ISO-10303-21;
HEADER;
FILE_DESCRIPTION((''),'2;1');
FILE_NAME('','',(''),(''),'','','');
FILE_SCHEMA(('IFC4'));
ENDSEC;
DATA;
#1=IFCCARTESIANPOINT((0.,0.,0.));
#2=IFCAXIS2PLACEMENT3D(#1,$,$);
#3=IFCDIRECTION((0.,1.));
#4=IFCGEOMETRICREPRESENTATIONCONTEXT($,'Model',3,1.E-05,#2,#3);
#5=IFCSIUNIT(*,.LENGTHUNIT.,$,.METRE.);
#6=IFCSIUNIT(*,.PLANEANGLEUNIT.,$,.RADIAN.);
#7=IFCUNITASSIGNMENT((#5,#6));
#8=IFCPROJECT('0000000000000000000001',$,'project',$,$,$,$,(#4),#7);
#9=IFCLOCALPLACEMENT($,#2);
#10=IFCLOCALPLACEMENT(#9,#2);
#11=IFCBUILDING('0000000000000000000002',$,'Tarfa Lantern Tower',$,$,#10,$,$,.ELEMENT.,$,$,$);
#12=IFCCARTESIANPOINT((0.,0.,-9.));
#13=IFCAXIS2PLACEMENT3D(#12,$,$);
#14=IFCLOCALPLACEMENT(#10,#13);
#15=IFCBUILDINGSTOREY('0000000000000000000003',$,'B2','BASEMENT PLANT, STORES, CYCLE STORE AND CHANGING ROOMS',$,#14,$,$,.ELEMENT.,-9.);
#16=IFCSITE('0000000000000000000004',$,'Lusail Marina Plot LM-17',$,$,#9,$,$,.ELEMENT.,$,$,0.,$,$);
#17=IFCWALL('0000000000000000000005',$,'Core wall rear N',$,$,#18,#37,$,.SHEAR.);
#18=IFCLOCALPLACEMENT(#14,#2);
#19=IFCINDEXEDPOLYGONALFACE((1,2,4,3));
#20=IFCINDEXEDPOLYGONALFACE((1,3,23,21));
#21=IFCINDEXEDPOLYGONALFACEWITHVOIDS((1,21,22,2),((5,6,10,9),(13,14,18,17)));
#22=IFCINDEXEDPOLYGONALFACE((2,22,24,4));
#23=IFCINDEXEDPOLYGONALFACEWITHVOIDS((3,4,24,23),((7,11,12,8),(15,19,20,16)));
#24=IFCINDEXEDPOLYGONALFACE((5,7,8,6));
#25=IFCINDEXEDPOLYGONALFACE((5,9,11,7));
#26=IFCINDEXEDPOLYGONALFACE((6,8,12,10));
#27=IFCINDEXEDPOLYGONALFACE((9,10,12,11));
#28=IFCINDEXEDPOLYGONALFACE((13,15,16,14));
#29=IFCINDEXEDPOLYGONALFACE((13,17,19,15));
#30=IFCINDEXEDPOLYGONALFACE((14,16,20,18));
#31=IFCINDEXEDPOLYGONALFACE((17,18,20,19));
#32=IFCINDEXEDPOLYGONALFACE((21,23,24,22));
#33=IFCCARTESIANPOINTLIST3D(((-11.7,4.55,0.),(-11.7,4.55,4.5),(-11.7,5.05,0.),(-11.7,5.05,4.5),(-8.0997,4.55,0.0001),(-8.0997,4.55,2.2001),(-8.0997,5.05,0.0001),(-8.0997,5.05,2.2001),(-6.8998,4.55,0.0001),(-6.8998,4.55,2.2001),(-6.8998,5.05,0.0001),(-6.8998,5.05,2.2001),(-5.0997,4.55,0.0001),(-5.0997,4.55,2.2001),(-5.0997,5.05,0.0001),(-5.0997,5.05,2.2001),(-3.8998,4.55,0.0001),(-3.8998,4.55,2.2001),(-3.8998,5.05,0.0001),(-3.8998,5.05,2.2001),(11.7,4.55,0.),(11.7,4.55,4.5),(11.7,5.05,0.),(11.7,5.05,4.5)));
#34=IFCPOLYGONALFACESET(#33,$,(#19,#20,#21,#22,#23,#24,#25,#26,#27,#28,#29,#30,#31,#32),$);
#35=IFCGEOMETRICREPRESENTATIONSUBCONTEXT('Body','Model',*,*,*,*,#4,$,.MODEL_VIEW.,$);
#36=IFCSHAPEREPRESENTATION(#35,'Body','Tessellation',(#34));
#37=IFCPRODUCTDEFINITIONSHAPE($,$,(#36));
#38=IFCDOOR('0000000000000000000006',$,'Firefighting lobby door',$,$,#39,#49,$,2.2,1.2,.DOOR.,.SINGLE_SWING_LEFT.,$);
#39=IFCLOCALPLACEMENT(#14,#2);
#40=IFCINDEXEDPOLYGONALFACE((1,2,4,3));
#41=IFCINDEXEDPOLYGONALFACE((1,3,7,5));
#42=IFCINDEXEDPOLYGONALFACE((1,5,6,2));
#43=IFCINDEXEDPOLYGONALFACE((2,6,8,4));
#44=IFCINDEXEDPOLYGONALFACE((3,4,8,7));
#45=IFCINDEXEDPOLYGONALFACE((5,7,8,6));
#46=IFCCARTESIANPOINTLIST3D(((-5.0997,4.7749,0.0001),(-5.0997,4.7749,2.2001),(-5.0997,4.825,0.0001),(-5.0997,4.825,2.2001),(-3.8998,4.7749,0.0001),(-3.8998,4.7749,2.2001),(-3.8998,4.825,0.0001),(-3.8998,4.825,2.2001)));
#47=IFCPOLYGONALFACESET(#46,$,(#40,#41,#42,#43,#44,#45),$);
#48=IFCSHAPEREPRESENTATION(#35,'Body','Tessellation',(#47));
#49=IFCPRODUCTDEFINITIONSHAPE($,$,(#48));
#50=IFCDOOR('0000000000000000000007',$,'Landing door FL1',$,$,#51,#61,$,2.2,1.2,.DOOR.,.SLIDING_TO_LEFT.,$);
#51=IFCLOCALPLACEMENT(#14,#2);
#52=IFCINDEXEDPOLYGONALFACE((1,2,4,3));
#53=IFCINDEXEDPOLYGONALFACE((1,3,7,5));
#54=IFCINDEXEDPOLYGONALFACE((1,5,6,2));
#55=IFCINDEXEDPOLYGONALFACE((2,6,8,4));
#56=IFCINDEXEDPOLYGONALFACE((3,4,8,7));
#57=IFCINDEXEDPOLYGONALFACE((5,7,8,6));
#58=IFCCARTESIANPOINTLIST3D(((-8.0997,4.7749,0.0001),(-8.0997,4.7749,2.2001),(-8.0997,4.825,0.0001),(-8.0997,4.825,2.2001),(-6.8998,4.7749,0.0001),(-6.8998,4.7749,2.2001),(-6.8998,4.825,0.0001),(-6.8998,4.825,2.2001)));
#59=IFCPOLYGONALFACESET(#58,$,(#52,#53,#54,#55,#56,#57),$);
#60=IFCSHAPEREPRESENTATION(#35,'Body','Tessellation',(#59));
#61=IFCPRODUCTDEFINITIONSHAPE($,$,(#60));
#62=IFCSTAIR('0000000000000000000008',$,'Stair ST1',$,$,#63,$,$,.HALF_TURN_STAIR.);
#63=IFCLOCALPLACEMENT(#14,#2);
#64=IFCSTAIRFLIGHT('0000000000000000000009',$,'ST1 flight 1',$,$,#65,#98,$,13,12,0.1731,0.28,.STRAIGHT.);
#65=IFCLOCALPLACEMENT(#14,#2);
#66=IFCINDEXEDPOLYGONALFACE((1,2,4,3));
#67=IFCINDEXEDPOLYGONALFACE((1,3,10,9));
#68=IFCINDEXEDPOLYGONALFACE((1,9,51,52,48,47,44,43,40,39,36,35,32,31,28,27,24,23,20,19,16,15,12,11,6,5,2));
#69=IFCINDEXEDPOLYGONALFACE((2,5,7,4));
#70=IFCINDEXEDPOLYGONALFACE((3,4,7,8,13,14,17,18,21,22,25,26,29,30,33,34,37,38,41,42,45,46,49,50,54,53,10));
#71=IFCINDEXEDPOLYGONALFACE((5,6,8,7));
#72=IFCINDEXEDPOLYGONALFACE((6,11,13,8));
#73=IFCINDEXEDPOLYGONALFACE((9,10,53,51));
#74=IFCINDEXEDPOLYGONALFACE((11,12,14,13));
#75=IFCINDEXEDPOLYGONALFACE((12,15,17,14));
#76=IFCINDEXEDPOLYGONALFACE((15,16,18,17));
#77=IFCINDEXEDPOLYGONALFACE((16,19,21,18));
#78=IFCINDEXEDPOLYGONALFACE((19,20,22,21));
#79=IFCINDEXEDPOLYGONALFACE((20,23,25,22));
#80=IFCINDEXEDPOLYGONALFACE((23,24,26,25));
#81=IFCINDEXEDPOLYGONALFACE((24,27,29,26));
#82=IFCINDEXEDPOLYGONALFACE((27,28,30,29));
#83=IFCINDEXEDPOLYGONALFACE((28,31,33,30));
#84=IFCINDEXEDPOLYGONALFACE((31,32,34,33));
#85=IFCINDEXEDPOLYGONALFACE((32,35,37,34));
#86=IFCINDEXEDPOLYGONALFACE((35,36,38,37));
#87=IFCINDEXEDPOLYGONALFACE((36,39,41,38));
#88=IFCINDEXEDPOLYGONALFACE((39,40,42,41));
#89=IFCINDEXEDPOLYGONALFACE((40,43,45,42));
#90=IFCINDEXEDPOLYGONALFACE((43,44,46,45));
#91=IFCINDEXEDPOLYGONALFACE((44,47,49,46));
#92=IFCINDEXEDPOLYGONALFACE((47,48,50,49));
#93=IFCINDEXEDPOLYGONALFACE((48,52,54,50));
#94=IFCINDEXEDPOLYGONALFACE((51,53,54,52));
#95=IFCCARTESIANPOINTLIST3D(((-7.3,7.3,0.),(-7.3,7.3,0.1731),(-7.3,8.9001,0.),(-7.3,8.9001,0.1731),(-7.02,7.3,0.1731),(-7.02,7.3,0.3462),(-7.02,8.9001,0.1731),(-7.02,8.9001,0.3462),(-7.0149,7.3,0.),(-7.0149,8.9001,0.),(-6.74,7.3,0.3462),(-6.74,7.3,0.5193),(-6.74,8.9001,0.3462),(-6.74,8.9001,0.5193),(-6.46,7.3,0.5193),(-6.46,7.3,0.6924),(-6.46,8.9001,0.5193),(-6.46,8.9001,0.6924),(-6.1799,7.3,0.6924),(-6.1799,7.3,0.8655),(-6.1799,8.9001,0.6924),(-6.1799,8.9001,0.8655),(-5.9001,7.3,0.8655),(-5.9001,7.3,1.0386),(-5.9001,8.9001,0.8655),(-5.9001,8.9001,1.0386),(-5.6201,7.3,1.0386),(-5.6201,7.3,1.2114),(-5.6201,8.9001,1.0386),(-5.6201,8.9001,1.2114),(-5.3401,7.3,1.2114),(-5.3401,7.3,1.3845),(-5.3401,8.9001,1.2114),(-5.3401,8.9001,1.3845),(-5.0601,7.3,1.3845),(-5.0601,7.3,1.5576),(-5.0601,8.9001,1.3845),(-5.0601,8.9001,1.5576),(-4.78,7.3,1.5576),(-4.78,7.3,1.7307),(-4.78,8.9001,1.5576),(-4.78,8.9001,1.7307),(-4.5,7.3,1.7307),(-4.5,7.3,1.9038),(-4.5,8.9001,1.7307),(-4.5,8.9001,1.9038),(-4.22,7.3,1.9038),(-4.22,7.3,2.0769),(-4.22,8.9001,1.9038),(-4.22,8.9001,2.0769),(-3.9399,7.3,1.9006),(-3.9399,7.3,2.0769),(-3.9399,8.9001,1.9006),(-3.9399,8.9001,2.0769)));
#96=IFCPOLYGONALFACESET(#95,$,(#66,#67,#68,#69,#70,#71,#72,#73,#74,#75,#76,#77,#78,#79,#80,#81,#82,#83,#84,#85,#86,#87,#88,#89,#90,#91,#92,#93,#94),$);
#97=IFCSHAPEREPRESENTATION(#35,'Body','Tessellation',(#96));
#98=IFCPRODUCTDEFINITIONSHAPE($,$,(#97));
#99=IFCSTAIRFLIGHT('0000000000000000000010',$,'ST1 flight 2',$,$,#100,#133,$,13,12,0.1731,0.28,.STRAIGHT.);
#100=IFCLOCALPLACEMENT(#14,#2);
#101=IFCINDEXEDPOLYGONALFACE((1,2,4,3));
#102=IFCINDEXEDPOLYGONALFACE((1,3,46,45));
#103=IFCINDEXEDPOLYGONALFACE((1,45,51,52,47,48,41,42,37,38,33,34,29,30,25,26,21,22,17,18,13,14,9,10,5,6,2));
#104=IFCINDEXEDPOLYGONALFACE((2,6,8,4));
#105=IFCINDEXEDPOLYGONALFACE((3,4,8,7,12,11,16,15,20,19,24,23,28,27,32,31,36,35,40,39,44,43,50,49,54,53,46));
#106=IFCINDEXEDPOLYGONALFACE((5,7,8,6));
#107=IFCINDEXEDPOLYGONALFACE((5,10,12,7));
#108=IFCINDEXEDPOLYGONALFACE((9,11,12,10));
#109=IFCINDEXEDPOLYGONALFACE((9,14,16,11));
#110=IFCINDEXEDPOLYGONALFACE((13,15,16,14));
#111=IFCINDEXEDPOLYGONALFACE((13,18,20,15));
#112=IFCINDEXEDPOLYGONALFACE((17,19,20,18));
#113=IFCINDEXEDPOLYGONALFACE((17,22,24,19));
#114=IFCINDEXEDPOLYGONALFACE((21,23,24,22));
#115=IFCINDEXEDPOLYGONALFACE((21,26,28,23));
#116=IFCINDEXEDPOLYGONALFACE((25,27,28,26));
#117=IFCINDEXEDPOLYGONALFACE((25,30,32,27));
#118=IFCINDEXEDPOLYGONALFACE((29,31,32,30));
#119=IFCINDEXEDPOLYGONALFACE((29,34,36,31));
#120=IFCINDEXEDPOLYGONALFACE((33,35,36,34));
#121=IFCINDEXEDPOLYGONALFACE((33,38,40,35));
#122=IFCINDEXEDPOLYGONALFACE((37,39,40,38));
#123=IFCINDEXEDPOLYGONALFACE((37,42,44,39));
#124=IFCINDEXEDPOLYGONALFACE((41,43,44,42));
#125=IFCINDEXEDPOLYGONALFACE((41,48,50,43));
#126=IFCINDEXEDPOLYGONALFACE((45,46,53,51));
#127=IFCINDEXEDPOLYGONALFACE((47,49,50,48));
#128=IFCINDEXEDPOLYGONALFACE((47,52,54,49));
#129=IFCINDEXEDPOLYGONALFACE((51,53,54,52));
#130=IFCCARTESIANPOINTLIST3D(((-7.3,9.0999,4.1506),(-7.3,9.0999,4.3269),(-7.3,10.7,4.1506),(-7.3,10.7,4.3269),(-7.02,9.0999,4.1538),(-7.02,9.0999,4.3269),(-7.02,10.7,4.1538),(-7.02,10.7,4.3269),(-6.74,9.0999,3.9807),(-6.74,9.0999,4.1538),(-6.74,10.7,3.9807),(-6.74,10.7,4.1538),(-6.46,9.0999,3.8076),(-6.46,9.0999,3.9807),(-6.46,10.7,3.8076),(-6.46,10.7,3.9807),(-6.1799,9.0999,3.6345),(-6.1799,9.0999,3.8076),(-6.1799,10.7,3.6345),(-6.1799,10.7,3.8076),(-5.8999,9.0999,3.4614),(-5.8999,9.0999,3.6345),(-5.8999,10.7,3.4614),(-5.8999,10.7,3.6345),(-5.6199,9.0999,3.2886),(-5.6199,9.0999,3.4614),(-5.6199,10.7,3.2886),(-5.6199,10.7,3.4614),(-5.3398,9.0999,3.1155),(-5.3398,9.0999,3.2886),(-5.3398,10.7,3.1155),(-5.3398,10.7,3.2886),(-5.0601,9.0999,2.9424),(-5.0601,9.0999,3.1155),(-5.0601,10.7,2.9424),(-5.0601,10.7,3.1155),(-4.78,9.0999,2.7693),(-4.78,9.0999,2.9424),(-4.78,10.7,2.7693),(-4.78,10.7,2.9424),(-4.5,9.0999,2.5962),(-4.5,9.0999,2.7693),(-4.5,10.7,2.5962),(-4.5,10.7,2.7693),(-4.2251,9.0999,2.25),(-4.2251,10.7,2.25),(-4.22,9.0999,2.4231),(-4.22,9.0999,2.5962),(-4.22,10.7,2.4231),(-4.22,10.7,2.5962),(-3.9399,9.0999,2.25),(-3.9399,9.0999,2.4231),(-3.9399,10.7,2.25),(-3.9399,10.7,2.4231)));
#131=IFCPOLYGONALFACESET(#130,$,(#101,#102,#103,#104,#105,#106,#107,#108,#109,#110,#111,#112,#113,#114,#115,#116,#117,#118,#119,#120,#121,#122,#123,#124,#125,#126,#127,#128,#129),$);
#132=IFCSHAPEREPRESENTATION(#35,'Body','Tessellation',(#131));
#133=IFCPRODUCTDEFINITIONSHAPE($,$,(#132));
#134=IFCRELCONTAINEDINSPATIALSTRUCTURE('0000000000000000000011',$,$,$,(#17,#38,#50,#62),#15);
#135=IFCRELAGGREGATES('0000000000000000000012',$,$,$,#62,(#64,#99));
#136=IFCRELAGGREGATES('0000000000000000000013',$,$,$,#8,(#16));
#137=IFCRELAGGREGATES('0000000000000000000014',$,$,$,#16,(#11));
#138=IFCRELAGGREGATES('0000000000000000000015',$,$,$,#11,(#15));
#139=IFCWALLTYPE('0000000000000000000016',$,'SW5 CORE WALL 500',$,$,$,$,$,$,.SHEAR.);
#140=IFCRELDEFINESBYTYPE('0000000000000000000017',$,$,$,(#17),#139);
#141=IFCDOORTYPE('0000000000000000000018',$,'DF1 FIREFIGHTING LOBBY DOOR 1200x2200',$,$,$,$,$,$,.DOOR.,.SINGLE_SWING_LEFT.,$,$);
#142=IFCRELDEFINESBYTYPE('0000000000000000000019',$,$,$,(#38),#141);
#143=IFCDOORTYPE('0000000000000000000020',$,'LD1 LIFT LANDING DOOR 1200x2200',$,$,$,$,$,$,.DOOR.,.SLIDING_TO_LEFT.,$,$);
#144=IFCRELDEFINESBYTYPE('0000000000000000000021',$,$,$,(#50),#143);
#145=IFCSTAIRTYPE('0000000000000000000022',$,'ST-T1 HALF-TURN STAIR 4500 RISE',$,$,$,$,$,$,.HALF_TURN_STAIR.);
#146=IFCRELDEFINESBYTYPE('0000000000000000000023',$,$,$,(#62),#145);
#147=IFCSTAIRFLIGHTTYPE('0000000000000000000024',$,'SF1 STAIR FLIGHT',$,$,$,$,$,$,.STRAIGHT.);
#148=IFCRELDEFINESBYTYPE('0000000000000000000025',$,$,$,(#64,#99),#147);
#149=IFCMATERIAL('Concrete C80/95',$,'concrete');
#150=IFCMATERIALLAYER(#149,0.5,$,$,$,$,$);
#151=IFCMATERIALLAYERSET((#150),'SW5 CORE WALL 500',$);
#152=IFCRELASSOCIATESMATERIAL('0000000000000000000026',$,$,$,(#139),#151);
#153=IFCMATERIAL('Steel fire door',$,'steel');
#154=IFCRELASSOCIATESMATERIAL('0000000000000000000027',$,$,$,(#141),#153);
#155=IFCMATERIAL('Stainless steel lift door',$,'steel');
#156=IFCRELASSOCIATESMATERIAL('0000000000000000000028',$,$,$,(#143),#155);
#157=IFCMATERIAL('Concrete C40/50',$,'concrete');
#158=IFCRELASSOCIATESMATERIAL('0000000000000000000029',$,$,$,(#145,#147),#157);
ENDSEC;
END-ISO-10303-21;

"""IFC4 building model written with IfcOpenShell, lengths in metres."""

from ifc_helpers import new_model, si_unit, direction, frame, frame_2d, origin, place, context, subcontext, project, spatial, polyline, rectangle, outline, extrude, material, layer, layer_set, type_object, element, fill, aggregate, save


model = new_model("IFC4")

# Units and contexts
model_context = context("Model", 3, precision=1e-05, world=origin(), true_north=direction((0.0, 1.0)))
body_context = subcontext(model_context, "Body", "Model", "MODEL_VIEW")
ifc_project = project(units=[si_unit("LENGTHUNIT", "METRE"), si_unit("PLANEANGLEUNIT", "RADIAN")], contexts=[model_context])

# Site, building, storey
site_placement = place(None, origin())
site = spatial("IfcSite", under=ifc_project, at=site_placement, Name="Lusail Marina Plot LM-17", CompositionType="ELEMENT", RefElevation=0.0)
building_placement = place(site_placement, origin())
building = spatial("IfcBuilding", under=site, at=building_placement, Name="Tarfa Lantern Tower", CompositionType="ELEMENT")
storey_placement = place(building_placement, frame((0.0, 0.0, -9.0)))
storey = spatial("IfcBuildingStorey", under=building, at=storey_placement, Name="B2", Description="BASEMENT PLANT, STORES, CYCLE STORE AND CHANGING ROOMS", CompositionType="ELEMENT", Elevation=-9.0)

# Shared definitions
ifc_material_1 = material(Name="Concrete C40/50", Category="concrete")

# Shared definitions
ifc_material_2 = material(Name="Concrete C80/95", Category="concrete")

# Shared definitions
ifc_material_3 = material(Name="Steel fire door", Category="steel")

# Shared definitions
ifc_layer_1 = layer(ifc_material_2, 0.5)
ifc_layer_set_1 = layer_set([ifc_layer_1], Name="SW5 CORE WALL 500")
wall_type_1 = type_object("IfcWallType", Name="SW5 CORE WALL 500", PredefinedType="SHEAR", material=ifc_layer_set_1)

# Wall, openings, doors
wall_1_placement = place(storey_placement, frame((-11.7, 4.8, 0.0), z_axis=(0.0, 0.0, 1.0), x_axis=(1.0, 0.0, 0.0)))
wall_1 = element("IfcWall", 1, at=wall_1_placement, inside=storey, type_object=wall_type_1, Name="Core wall rear N", PredefinedType="SHEAR", context=body_context, shape_type="SweptSolid", body=[
    extrude(rectangle(XDim=23.3999, YDim=0.5, at=frame_2d((11.7, 0.0))), origin(), (0.0, 0.0, 1.0), 4.5),
])
opening_1_placement = place(wall_1_placement, frame((6.6001, 0.0, 0.0)))
opening_1 = element("IfcOpeningElement", 2, at=opening_1_placement, cuts=wall_1, PredefinedType="OPENING", context=body_context, shape_type="SweptSolid", body=[
    extrude(rectangle(XDim=1.2, YDim=2.2, at=frame_2d((0.6001, 1.1001))), frame((0.0, 0.26, 0.0), z_axis=(0.0, -1.0, 0.0), x_axis=(1.0, 0.0, 0.0)), (0.0, 0.0, 1.0), 0.52),
])
opening_2_placement = place(wall_1_placement, frame((3.6001, 0.0, 0.0)))
opening_2 = element("IfcOpeningElement", 3, at=opening_2_placement, cuts=wall_1, PredefinedType="OPENING", context=body_context, shape_type="SweptSolid", body=[
    extrude(rectangle(XDim=1.2, YDim=2.2, at=frame_2d((0.6001, 1.1001))), frame((0.0, 0.26, 0.0), z_axis=(0.0, -1.0, 0.0), x_axis=(1.0, 0.0, 0.0)), (0.0, 0.0, 1.0), 0.52),
])
door_type_1 = type_object("IfcDoorType", Name="DF1 FIREFIGHTING LOBBY DOOR 1200x2200", OperationType="SINGLE_SWING_LEFT", PredefinedType="DOOR", material=ifc_material_3)
door_1_placement = place(opening_1_placement, origin())
door_1 = element("IfcDoor", 4, at=door_1_placement, inside=storey, type_object=door_type_1, Name="Firefighting lobby door", OperationType="SINGLE_SWING_LEFT", OverallHeight=2.2, OverallWidth=1.2, PredefinedType="DOOR", context=body_context, shape_type="SweptSolid", body=[
    extrude(rectangle(XDim=1.2, YDim=2.2, at=frame_2d((0.6001, 1.1001))), frame((0.0, 0.0249, 0.0), z_axis=(0.0, -1.0, 0.0), x_axis=(1.0, 0.0, 0.0)), (0.0, 0.0, 1.0), 0.05),
])
fill(opening_1, door_1)
ifc_material_4 = material(Name="Stainless steel lift door", Category="steel")
door_type_2 = type_object("IfcDoorType", Name="LD1 LIFT LANDING DOOR 1200x2200", OperationType="SLIDING_TO_LEFT", PredefinedType="DOOR", material=ifc_material_4)
door_2_placement = place(opening_2_placement, origin())
door_2 = element("IfcDoor", 5, at=door_2_placement, inside=storey, type_object=door_type_2, Name="Landing door FL1", OperationType="SLIDING_TO_LEFT", OverallHeight=2.2, OverallWidth=1.2, PredefinedType="DOOR", context=body_context, shape_type="SweptSolid", body=[
    extrude(rectangle(XDim=1.2, YDim=2.2, at=frame_2d((0.6001, 1.1001))), frame((0.0, 0.0249, 0.0), z_axis=(0.0, -1.0, 0.0), x_axis=(1.0, 0.0, 0.0)), (0.0, 0.0, 1.0), 0.05),
])
fill(opening_2, door_2)

# Stair, stair flights
stair_type = type_object("IfcStairType", Name="ST-T1 HALF-TURN STAIR 4500 RISE", PredefinedType="HALF_TURN_STAIR", material=ifc_material_1)
stair_placement = place(storey_placement, origin())
stair = element("IfcStair", 6, at=stair_placement, inside=storey, type_object=stair_type, Name="Stair ST1", PredefinedType="HALF_TURN_STAIR")
stair_flight_type = type_object("IfcStairFlightType", Name="SF1 STAIR FLIGHT", PredefinedType="STRAIGHT", material=ifc_material_1)
stair_flight_1_placement = place(storey_placement, frame((-7.3, 8.1001, 0.0), z_axis=(0.0, 0.0, 1.0), x_axis=(1.0, 0.0, 0.0)))
stair_flight_1 = element("IfcStairFlight", 7, at=stair_flight_1_placement, type_object=stair_flight_type, Name="ST1 flight 1", NumberOfRisers=13, NumberOfTreads=12, PredefinedType="STRAIGHT", RiserHeight=0.1731, TreadLength=0.28, context=body_context, shape_type="SweptSolid", body=[
    extrude(outline(polyline([(0.0, 0.0), (0.0, 0.1731), (0.28, 0.1731), (0.28, 0.3462), (0.5601, 0.3462), (0.5601, 0.5193), (0.8401, 0.5193), (0.8401, 0.6924), (1.1201, 0.6924), (1.1201, 0.8655), (1.3999, 0.8655), (1.3999, 1.0386), (1.6799, 1.0386), (1.6799, 1.2114), (1.96, 1.2114), (1.96, 1.3845), (2.24, 1.3845), (2.24, 1.5576), (2.52, 1.5576), (2.52, 1.7307), (2.8, 1.7307), (2.8, 1.9038), (3.0801, 1.9038), (3.0801, 2.0769), (3.3601, 2.0769), (3.3601, 2.25), (3.3601, 1.9006), (0.2852, 0.0), (0.0, 0.0)])), frame((0.0, 0.8, 0.0), z_axis=(0.0, -1.0, 0.0), x_axis=(1.0, 0.0, 0.0)), (0.0, 0.0, 1.0), 1.6001),
])
stair_flight_2_placement = place(storey_placement, frame((-3.9399, 9.8999, 2.25), z_axis=(0.0, 0.0, 1.0), x_axis=(-1.0, 0.0, 0.0)))
stair_flight_2 = element("IfcStairFlight", 8, at=stair_flight_2_placement, type_object=stair_flight_type, Name="ST1 flight 2", NumberOfRisers=13, NumberOfTreads=12, PredefinedType="STRAIGHT", RiserHeight=0.1731, TreadLength=0.28, context=body_context, shape_type="SweptSolid", body=[
    extrude(outline(polyline([(0.0, 0.0), (0.0, 0.1731), (0.28, 0.1731), (0.28, 0.3462), (0.5601, 0.3462), (0.5601, 0.5193), (0.8401, 0.5193), (0.8401, 0.6924), (1.1201, 0.6924), (1.1201, 0.8655), (1.3999, 0.8655), (1.3999, 1.0386), (1.6799, 1.0386), (1.6799, 1.2114), (1.96, 1.2114), (1.96, 1.3845), (2.24, 1.3845), (2.24, 1.5576), (2.52, 1.5576), (2.52, 1.7307), (2.8, 1.7307), (2.8, 1.9038), (3.0801, 1.9038), (3.0801, 2.0769), (3.3601, 2.0769), (3.3601, 2.25), (3.3601, 1.9006), (0.2852, 0.0), (0.0, 0.0)])), frame((0.0, 0.8, 0.0), z_axis=(0.0, -1.0, 0.0), x_axis=(1.0, 0.0, 0.0)), (0.0, 0.0, 1.0), 1.6001),
])
aggregate(stair, [stair_flight_1, stair_flight_2])

save(model, "model.ifc")
